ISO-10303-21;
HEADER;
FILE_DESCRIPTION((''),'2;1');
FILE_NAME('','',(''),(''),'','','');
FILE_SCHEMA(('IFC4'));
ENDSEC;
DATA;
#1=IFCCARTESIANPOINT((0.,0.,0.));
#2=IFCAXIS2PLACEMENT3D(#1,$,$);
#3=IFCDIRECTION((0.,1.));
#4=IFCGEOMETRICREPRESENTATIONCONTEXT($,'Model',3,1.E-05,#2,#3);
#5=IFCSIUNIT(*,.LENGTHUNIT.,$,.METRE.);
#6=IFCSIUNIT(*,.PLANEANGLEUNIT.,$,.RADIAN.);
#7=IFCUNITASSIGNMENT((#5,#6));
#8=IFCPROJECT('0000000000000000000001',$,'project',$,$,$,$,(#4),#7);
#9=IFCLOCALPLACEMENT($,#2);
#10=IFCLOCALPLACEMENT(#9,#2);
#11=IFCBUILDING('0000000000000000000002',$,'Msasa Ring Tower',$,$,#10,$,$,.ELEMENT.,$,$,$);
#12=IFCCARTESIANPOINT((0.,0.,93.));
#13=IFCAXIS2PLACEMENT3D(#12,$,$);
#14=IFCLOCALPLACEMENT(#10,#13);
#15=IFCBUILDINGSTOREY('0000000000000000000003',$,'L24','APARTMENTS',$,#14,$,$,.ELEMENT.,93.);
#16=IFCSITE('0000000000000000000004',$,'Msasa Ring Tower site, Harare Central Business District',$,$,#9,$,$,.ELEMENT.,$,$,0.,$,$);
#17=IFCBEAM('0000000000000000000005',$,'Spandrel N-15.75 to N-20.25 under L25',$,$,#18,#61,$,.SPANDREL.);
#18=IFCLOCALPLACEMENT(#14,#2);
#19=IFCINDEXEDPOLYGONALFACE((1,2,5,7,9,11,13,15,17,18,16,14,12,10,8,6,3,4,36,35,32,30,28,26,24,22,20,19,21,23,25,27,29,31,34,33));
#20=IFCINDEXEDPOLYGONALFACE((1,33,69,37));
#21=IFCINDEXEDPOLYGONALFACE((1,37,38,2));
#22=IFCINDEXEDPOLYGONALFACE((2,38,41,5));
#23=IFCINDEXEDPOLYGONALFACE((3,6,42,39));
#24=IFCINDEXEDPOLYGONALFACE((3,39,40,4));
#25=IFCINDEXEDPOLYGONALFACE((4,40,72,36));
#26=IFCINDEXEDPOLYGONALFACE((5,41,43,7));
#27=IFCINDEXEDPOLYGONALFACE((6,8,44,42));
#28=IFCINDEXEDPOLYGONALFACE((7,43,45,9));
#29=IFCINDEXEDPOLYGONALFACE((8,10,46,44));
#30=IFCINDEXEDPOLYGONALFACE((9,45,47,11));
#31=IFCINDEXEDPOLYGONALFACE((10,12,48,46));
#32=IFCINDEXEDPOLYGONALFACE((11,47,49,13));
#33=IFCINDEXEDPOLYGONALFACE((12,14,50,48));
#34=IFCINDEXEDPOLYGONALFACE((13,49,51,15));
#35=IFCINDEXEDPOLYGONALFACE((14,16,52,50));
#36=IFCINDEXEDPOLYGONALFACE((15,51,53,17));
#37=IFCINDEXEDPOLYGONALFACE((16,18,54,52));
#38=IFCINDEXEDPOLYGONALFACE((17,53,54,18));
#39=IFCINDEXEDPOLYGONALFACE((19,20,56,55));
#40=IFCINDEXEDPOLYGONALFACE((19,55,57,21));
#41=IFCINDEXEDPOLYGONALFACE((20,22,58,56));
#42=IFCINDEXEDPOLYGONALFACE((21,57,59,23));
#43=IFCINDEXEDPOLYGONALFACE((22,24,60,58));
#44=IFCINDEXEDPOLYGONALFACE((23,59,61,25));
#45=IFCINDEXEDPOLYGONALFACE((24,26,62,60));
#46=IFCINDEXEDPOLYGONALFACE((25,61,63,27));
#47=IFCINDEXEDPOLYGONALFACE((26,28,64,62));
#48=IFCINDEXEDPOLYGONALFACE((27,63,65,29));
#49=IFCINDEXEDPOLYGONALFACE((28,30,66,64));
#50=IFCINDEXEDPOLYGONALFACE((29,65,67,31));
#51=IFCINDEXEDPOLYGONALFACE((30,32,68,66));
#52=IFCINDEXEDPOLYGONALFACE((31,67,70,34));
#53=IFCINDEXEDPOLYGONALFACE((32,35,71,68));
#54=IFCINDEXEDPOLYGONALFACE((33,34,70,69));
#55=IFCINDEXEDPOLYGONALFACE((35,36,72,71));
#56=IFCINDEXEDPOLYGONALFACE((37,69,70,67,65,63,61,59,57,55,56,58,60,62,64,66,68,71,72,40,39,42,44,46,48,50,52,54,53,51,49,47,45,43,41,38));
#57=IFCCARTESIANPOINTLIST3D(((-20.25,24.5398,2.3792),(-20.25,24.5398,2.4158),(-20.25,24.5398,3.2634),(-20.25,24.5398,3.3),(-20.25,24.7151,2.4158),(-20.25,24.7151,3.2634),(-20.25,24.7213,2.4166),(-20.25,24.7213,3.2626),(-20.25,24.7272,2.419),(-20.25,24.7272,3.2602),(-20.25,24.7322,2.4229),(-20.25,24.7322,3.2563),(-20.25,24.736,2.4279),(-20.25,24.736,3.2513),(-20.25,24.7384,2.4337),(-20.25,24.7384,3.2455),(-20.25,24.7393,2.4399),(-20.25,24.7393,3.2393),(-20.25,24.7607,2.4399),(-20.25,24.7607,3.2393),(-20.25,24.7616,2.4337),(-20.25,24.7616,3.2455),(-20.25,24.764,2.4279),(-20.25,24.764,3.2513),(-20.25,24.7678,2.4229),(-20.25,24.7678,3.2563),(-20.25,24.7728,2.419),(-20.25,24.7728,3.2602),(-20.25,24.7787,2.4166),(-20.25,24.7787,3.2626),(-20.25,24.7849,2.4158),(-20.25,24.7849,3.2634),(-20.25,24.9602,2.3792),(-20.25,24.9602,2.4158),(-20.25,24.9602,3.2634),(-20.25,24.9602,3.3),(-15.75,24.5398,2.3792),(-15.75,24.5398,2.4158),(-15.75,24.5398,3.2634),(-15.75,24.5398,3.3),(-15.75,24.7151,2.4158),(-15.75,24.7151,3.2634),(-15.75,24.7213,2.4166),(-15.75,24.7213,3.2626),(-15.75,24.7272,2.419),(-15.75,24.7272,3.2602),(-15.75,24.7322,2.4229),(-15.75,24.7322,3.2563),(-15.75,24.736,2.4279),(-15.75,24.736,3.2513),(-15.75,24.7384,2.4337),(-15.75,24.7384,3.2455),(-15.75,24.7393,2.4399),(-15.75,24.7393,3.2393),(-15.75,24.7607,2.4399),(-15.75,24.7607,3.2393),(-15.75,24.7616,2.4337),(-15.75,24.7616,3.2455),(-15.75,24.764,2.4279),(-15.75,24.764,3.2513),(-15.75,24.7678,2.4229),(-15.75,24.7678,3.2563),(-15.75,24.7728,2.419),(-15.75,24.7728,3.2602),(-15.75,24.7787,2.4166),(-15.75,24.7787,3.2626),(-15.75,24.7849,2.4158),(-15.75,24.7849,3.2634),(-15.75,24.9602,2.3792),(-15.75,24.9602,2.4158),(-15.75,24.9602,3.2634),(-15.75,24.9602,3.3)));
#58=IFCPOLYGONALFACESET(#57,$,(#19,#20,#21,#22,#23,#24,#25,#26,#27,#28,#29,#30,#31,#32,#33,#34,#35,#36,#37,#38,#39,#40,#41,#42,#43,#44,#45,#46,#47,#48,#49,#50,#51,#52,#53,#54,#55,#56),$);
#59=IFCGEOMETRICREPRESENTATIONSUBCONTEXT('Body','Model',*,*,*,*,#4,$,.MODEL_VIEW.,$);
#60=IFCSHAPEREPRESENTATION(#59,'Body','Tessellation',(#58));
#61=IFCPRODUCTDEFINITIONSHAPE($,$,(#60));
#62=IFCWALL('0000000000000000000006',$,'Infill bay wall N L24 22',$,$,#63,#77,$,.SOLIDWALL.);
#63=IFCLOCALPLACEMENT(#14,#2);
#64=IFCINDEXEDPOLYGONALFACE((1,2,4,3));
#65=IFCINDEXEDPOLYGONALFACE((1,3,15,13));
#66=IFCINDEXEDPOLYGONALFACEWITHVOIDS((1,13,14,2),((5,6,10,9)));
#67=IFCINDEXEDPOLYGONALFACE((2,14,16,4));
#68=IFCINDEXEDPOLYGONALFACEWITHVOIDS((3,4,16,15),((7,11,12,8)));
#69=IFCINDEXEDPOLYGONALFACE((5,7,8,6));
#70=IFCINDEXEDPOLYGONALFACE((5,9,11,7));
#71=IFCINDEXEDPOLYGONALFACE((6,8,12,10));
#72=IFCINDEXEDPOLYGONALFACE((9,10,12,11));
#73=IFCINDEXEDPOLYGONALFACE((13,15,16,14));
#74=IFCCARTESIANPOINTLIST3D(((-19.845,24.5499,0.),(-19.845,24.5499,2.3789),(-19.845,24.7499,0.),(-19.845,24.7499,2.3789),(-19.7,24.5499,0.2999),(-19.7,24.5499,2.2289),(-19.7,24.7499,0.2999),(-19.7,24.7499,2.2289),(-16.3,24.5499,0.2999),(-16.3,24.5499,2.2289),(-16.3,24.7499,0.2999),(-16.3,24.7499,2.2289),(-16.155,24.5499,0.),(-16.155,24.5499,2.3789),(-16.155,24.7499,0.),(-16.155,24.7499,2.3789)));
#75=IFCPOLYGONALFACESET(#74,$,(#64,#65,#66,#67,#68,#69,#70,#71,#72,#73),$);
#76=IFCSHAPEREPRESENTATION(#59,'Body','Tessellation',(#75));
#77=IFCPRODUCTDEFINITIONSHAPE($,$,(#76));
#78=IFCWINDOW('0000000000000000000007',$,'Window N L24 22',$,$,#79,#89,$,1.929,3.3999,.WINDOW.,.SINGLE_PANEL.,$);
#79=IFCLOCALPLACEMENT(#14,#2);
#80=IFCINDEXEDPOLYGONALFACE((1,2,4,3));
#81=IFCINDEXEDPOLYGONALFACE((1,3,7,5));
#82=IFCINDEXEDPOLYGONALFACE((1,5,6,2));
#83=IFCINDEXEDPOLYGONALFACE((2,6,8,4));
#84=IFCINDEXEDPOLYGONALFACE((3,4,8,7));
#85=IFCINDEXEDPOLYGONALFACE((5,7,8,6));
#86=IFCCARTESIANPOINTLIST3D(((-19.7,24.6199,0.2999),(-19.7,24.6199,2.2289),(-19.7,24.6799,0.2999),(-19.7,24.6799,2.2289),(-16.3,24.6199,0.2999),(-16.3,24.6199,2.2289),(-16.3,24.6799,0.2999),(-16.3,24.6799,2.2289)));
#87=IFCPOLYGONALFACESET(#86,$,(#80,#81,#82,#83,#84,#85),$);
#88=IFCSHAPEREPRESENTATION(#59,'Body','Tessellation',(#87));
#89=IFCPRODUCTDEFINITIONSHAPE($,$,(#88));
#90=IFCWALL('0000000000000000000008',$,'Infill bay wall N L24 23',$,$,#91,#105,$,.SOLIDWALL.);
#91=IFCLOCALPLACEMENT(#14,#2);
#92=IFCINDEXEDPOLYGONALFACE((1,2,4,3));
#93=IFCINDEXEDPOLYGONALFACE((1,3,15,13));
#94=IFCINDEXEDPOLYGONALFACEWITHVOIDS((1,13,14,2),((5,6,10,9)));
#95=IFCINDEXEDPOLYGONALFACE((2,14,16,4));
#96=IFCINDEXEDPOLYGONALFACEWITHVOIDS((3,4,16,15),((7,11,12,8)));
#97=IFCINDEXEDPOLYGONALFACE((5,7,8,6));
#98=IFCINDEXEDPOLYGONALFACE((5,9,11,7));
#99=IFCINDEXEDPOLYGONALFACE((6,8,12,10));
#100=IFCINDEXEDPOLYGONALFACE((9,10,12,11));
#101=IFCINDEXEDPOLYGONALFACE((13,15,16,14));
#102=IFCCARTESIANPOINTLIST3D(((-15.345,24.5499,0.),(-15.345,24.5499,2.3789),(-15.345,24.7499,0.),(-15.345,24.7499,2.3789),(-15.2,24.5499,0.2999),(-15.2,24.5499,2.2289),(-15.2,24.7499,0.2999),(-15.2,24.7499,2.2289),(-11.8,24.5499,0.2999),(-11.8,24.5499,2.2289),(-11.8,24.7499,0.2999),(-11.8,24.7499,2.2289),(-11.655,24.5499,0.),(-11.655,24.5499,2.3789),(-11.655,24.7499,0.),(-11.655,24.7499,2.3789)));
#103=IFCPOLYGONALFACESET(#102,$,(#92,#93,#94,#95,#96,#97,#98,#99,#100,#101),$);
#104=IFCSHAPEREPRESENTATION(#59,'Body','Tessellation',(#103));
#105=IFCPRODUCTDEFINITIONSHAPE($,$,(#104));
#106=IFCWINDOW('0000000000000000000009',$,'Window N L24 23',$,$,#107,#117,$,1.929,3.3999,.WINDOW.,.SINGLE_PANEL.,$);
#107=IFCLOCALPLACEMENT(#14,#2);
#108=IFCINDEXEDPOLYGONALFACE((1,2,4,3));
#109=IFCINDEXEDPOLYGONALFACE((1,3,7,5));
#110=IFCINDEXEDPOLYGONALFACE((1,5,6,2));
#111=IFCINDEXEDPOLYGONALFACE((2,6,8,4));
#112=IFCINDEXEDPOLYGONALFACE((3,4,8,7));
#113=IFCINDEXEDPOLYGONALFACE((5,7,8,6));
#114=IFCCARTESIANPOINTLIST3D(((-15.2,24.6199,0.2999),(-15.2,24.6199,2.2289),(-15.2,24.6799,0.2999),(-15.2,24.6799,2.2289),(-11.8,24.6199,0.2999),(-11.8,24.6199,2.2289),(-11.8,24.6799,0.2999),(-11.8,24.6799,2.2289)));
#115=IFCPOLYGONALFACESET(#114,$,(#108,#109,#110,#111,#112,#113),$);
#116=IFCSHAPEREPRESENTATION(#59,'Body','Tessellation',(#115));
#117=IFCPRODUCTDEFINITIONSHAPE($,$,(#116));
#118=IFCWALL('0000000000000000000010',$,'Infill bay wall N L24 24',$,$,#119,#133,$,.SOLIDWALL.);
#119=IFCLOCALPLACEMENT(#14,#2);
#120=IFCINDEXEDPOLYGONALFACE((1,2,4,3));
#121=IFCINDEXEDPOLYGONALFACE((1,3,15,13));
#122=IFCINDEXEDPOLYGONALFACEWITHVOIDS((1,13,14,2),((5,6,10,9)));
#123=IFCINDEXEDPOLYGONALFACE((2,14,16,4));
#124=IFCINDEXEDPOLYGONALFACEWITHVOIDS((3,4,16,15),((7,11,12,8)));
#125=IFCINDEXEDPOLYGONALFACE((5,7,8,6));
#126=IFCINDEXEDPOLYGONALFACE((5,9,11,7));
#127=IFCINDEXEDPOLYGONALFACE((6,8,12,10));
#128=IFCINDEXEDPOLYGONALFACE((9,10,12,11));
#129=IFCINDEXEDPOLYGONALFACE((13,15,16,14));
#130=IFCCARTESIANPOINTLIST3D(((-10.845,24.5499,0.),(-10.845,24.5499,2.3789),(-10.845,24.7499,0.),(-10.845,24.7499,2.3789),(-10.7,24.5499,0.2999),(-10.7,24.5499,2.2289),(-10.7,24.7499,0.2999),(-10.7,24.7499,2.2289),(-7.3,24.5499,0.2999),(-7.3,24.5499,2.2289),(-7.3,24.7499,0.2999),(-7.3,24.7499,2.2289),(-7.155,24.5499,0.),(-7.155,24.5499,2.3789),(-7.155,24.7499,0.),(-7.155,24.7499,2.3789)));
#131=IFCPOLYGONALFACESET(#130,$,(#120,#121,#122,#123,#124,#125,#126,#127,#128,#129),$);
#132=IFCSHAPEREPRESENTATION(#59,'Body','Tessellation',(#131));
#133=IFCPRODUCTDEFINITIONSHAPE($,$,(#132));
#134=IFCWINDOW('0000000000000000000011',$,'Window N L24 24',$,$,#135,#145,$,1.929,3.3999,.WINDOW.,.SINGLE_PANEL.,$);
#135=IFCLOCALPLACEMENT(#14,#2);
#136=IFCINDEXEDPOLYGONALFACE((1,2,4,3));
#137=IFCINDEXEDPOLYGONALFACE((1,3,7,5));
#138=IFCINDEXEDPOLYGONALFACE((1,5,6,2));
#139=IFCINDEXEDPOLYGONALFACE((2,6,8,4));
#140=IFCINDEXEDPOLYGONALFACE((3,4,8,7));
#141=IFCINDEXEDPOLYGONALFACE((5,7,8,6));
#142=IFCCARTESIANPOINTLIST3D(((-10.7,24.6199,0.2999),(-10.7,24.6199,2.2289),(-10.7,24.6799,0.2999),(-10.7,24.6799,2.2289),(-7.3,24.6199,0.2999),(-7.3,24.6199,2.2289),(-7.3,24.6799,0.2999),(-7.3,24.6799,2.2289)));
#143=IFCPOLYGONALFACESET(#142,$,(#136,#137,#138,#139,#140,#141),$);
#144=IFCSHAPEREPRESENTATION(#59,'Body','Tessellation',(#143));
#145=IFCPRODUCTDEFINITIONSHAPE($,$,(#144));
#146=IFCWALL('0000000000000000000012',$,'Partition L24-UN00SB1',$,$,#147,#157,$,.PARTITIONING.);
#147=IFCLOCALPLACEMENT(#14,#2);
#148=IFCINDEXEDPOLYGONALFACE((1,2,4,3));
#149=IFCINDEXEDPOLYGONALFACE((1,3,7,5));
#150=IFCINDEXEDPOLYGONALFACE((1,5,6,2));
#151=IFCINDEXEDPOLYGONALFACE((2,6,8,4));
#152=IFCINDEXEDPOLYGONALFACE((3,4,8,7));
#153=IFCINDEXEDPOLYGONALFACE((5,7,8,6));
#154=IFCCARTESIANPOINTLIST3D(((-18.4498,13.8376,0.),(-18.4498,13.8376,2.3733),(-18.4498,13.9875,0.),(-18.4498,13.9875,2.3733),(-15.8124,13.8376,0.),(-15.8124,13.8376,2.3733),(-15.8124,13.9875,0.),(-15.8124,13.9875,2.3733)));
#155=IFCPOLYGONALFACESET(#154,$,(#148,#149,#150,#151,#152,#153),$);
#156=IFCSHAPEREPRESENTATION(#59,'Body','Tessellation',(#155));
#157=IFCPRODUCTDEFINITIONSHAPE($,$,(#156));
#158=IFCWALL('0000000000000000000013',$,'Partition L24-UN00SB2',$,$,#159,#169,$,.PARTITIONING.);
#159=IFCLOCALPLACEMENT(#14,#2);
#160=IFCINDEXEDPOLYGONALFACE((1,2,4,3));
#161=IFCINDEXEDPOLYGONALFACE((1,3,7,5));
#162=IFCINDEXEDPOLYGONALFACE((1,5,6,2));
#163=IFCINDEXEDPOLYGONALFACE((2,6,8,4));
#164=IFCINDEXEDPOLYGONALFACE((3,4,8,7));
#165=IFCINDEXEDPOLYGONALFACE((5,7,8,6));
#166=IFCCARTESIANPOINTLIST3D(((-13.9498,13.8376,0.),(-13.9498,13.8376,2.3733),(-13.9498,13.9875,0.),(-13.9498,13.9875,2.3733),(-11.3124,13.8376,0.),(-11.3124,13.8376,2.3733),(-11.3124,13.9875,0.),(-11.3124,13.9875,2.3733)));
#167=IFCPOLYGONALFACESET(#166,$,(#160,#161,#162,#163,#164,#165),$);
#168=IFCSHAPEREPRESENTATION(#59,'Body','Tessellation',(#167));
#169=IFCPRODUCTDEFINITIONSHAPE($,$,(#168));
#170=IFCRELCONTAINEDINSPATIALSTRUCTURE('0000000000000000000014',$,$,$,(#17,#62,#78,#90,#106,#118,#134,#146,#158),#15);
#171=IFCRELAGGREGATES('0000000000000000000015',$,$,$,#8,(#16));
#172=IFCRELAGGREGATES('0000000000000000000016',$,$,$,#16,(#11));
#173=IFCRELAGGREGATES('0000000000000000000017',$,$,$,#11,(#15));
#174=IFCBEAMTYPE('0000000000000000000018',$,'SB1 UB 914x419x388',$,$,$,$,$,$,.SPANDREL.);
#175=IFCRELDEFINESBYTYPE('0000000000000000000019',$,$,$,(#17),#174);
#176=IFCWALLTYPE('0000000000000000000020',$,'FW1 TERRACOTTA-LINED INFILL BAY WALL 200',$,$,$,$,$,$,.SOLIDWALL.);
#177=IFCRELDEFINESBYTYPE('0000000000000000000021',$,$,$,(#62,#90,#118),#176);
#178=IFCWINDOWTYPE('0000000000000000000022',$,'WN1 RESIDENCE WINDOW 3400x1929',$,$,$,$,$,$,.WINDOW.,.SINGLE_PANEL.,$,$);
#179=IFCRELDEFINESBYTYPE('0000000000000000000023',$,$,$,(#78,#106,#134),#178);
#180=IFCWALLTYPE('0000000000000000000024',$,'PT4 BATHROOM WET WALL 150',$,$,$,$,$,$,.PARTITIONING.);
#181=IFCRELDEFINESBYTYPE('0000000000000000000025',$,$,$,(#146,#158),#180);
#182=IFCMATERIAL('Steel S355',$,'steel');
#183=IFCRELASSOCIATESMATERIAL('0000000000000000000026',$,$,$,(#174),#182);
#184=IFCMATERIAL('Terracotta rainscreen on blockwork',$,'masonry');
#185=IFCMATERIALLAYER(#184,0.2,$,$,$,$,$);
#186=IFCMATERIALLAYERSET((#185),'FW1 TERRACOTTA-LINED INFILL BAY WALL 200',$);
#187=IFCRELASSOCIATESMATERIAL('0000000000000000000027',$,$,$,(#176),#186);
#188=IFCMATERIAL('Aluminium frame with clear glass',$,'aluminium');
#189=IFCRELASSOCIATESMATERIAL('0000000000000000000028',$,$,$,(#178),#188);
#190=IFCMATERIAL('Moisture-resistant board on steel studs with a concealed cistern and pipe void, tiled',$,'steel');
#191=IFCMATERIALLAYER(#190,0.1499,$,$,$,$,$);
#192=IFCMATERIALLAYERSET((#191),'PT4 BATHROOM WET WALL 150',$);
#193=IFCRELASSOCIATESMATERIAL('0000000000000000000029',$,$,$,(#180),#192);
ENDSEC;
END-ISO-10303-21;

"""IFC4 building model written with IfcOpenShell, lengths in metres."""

from ifc_helpers import new_model, si_unit, direction, frame, frame_2d, origin, origin_2d, place, context, subcontext, project, spatial, rectangle, i_section, extrude, material, layer, layer_set, material_profile, profile_set, type_object, element, fill, save


model = new_model("IFC4")

# Units and contexts
model_context = context("Model", 3, precision=1e-05, world=origin(), true_north=direction((0.0, 1.0)))
body_context = subcontext(model_context, "Body", "Model", "MODEL_VIEW")
ifc_project = project(units=[si_unit("LENGTHUNIT", "METRE"), si_unit("PLANEANGLEUNIT", "RADIAN")], contexts=[model_context])

# Site, building, storey
site_placement = place(None, origin())
site = spatial("IfcSite", under=ifc_project, at=site_placement, Name="Msasa Ring Tower site, Harare Central Business District", CompositionType="ELEMENT", RefElevation=0.0)
building_placement = place(site_placement, origin())
building = spatial("IfcBuilding", under=site, at=building_placement, Name="Msasa Ring Tower", CompositionType="ELEMENT")
storey_placement = place(building_placement, frame((0.0, 0.0, 93.0)))
storey = spatial("IfcBuildingStorey", under=building, at=storey_placement, Name="L24", Description="APARTMENTS", CompositionType="ELEMENT", Elevation=93.0)

# Beam
ifc_material_1 = material(Name="Steel S355", Category="steel")
ifc_material_profile_1 = material_profile(ifc_material_1, i_section(OverallWidth=0.4204, OverallDepth=0.9209, WebThickness=0.0215, FlangeThickness=0.0366, FilletRadius=0.0242, at=origin_2d()), Name="UB 914x419x388")
ifc_profile_set_1 = profile_set([ifc_material_profile_1], Name="Steel S355")
beam_type_1 = type_object("IfcBeamType", Name="SB1 UB 914x419x388", PredefinedType="SPANDREL", material=ifc_profile_set_1)
for number, where, z_axis, x_axis, name in (
    (1, (-15.75, 24.75, 2.8396), (-1.0, 0.0, 0.0), (0.0, -1.0, 0.0), "Spandrel N-15.75 to N-20.25 under L25"),
):
    element("IfcBeam", number, at=place(storey_placement, frame(where, z_axis=z_axis, x_axis=x_axis)), inside=storey, type_object=beam_type_1, Name=name, PredefinedType="SPANDREL", context=body_context, shape_type="SweptSolid", body=[
        extrude(i_section(OverallWidth=0.4204, OverallDepth=0.9209, WebThickness=0.0215, FlangeThickness=0.0366, FilletRadius=0.0242, at=origin_2d()), origin(), (0.0, 0.0, 1.0), 4.5),
    ])

# Walls, openings, windows
ifc_material_2 = material(Name="Terracotta rainscreen on blockwork", Category="masonry")
ifc_layer_1 = layer(ifc_material_2, 0.2)
ifc_layer_set_1 = layer_set([ifc_layer_1], Name="FW1 TERRACOTTA-LINED INFILL BAY WALL 200")
wall_type_1 = type_object("IfcWallType", Name="FW1 TERRACOTTA-LINED INFILL BAY WALL 200", PredefinedType="SOLIDWALL", material=ifc_layer_set_1)
wall_1_placement = place(storey_placement, frame((-19.845, 24.6499, 0.0), z_axis=(0.0, 0.0, 1.0), x_axis=(1.0, 0.0, 0.0)))
wall_1 = element("IfcWall", 2, at=wall_1_placement, inside=storey, type_object=wall_type_1, Name="Infill bay wall N L24 22", PredefinedType="SOLIDWALL", context=body_context, shape_type="SweptSolid", body=[
    extrude(rectangle(XDim=3.6899, YDim=0.2, at=frame_2d((1.845, 0.0))), origin(), (0.0, 0.0, 1.0), 2.3789),
])
opening_1_placement = place(wall_1_placement, frame((0.145, 0.0, 0.3)))
opening_1 = element("IfcOpeningElement", 3, at=opening_1_placement, cuts=wall_1, PredefinedType="OPENING", context=body_context, shape_type="SweptSolid", body=[
    extrude(rectangle(XDim=3.3999, YDim=1.929, at=frame_2d((1.7, 0.9644))), frame((0.0, 0.1099, 0.0), z_axis=(0.0, -1.0, 0.0), x_axis=(1.0, 0.0, 0.0)), (0.0, 0.0, 1.0), 0.22),
])
ifc_material_3 = material(Name="Aluminium frame with clear glass", Category="aluminium")
window_type = type_object("IfcWindowType", Name="WN1 RESIDENCE WINDOW 3400x1929", PartitioningType="SINGLE_PANEL", PredefinedType="WINDOW", material=ifc_material_3)
window_1_placement = place(opening_1_placement, origin())
window_1 = element("IfcWindow", 4, at=window_1_placement, inside=storey, type_object=window_type, Name="Window N L24 22", OverallHeight=1.929, OverallWidth=3.3999, PartitioningType="SINGLE_PANEL", PredefinedType="WINDOW", context=body_context, shape_type="SweptSolid", body=[
    extrude(rectangle(XDim=3.3999, YDim=1.929, at=frame_2d((1.7, 0.9644))), frame((0.0, 0.03, 0.0), z_axis=(0.0, -1.0, 0.0), x_axis=(1.0, 0.0, 0.0)), (0.0, 0.0, 1.0), 0.0601),
])
fill(opening_1, window_1)
wall_2_placement = place(storey_placement, frame((-15.345, 24.6499, 0.0), z_axis=(0.0, 0.0, 1.0), x_axis=(1.0, 0.0, 0.0)))
wall_2 = element("IfcWall", 5, at=wall_2_placement, inside=storey, type_object=wall_type_1, Name="Infill bay wall N L24 23", PredefinedType="SOLIDWALL", context=body_context, shape_type="SweptSolid", body=[
    extrude(rectangle(XDim=3.6899, YDim=0.2, at=frame_2d((1.845, 0.0))), origin(), (0.0, 0.0, 1.0), 2.3789),
])
opening_2_placement = place(wall_2_placement, frame((0.145, 0.0, 0.3)))
opening_2 = element("IfcOpeningElement", 6, at=opening_2_placement, cuts=wall_2, PredefinedType="OPENING", context=body_context, shape_type="SweptSolid", body=[
    extrude(rectangle(XDim=3.3999, YDim=1.929, at=frame_2d((1.7, 0.9644))), frame((0.0, 0.1099, 0.0), z_axis=(0.0, -1.0, 0.0), x_axis=(1.0, 0.0, 0.0)), (0.0, 0.0, 1.0), 0.22),
])
window_2_placement = place(opening_2_placement, origin())
window_2 = element("IfcWindow", 7, at=window_2_placement, inside=storey, type_object=window_type, Name="Window N L24 23", OverallHeight=1.929, OverallWidth=3.3999, PartitioningType="SINGLE_PANEL", PredefinedType="WINDOW", context=body_context, shape_type="SweptSolid", body=[
    extrude(rectangle(XDim=3.3999, YDim=1.929, at=frame_2d((1.7, 0.9644))), frame((0.0, 0.03, 0.0), z_axis=(0.0, -1.0, 0.0), x_axis=(1.0, 0.0, 0.0)), (0.0, 0.0, 1.0), 0.0601),
])
fill(opening_2, window_2)
wall_3_placement = place(storey_placement, frame((-10.845, 24.6499, 0.0), z_axis=(0.0, 0.0, 1.0), x_axis=(1.0, 0.0, 0.0)))
wall_3 = element("IfcWall", 8, at=wall_3_placement, inside=storey, type_object=wall_type_1, Name="Infill bay wall N L24 24", PredefinedType="SOLIDWALL", context=body_context, shape_type="SweptSolid", body=[
    extrude(rectangle(XDim=3.6899, YDim=0.2, at=frame_2d((1.845, 0.0))), origin(), (0.0, 0.0, 1.0), 2.3789),
])
opening_3_placement = place(wall_3_placement, frame((0.145, 0.0, 0.3)))
opening_3 = element("IfcOpeningElement", 9, at=opening_3_placement, cuts=wall_3, PredefinedType="OPENING", context=body_context, shape_type="SweptSolid", body=[
    extrude(rectangle(XDim=3.3999, YDim=1.929, at=frame_2d((1.7, 0.9644))), frame((0.0, 0.1099, 0.0), z_axis=(0.0, -1.0, 0.0), x_axis=(1.0, 0.0, 0.0)), (0.0, 0.0, 1.0), 0.22),
])
window_3_placement = place(opening_3_placement, origin())
window_3 = element("IfcWindow", 10, at=window_3_placement, inside=storey, type_object=window_type, Name="Window N L24 24", OverallHeight=1.929, OverallWidth=3.3999, PartitioningType="SINGLE_PANEL", PredefinedType="WINDOW", context=body_context, shape_type="SweptSolid", body=[
    extrude(rectangle(XDim=3.3999, YDim=1.929, at=frame_2d((1.7, 0.9644))), frame((0.0, 0.03, 0.0), z_axis=(0.0, -1.0, 0.0), x_axis=(1.0, 0.0, 0.0)), (0.0, 0.0, 1.0), 0.0601),
])
fill(opening_3, window_3)

# Walls
ifc_material_4 = material(Name="Moisture-resistant board on steel studs with a concealed cistern and pipe void, tiled", Category="steel")
ifc_layer_2 = layer(ifc_material_4, 0.1499)
ifc_layer_set_2 = layer_set([ifc_layer_2], Name="PT4 BATHROOM WET WALL 150")
wall_type_2 = type_object("IfcWallType", Name="PT4 BATHROOM WET WALL 150", PredefinedType="PARTITIONING", material=ifc_layer_set_2)
for number, where, z_axis, x_axis, name in (
    (11, (-18.45, 13.9126, 0.0), (0.0, 0.0, 1.0), (1.0, 0.0, 0.0), "Partition L24-UN00SB1"),
    (12, (-13.95, 13.9126, 0.0), (0.0, 0.0, 1.0), (1.0, 0.0, 0.0), "Partition L24-UN00SB2"),
):
    element("IfcWall", number, at=place(storey_placement, frame(where, z_axis=z_axis, x_axis=x_axis)), inside=storey, type_object=wall_type_2, Name=name, PredefinedType="PARTITIONING", context=body_context, shape_type="SweptSolid", body=[
        extrude(rectangle(XDim=2.6375, YDim=0.1499, at=frame_2d((1.3188, 0.0))), origin(), (0.0, 0.0, 1.0), 2.3733),
    ])

save(model, "model.ifc")
